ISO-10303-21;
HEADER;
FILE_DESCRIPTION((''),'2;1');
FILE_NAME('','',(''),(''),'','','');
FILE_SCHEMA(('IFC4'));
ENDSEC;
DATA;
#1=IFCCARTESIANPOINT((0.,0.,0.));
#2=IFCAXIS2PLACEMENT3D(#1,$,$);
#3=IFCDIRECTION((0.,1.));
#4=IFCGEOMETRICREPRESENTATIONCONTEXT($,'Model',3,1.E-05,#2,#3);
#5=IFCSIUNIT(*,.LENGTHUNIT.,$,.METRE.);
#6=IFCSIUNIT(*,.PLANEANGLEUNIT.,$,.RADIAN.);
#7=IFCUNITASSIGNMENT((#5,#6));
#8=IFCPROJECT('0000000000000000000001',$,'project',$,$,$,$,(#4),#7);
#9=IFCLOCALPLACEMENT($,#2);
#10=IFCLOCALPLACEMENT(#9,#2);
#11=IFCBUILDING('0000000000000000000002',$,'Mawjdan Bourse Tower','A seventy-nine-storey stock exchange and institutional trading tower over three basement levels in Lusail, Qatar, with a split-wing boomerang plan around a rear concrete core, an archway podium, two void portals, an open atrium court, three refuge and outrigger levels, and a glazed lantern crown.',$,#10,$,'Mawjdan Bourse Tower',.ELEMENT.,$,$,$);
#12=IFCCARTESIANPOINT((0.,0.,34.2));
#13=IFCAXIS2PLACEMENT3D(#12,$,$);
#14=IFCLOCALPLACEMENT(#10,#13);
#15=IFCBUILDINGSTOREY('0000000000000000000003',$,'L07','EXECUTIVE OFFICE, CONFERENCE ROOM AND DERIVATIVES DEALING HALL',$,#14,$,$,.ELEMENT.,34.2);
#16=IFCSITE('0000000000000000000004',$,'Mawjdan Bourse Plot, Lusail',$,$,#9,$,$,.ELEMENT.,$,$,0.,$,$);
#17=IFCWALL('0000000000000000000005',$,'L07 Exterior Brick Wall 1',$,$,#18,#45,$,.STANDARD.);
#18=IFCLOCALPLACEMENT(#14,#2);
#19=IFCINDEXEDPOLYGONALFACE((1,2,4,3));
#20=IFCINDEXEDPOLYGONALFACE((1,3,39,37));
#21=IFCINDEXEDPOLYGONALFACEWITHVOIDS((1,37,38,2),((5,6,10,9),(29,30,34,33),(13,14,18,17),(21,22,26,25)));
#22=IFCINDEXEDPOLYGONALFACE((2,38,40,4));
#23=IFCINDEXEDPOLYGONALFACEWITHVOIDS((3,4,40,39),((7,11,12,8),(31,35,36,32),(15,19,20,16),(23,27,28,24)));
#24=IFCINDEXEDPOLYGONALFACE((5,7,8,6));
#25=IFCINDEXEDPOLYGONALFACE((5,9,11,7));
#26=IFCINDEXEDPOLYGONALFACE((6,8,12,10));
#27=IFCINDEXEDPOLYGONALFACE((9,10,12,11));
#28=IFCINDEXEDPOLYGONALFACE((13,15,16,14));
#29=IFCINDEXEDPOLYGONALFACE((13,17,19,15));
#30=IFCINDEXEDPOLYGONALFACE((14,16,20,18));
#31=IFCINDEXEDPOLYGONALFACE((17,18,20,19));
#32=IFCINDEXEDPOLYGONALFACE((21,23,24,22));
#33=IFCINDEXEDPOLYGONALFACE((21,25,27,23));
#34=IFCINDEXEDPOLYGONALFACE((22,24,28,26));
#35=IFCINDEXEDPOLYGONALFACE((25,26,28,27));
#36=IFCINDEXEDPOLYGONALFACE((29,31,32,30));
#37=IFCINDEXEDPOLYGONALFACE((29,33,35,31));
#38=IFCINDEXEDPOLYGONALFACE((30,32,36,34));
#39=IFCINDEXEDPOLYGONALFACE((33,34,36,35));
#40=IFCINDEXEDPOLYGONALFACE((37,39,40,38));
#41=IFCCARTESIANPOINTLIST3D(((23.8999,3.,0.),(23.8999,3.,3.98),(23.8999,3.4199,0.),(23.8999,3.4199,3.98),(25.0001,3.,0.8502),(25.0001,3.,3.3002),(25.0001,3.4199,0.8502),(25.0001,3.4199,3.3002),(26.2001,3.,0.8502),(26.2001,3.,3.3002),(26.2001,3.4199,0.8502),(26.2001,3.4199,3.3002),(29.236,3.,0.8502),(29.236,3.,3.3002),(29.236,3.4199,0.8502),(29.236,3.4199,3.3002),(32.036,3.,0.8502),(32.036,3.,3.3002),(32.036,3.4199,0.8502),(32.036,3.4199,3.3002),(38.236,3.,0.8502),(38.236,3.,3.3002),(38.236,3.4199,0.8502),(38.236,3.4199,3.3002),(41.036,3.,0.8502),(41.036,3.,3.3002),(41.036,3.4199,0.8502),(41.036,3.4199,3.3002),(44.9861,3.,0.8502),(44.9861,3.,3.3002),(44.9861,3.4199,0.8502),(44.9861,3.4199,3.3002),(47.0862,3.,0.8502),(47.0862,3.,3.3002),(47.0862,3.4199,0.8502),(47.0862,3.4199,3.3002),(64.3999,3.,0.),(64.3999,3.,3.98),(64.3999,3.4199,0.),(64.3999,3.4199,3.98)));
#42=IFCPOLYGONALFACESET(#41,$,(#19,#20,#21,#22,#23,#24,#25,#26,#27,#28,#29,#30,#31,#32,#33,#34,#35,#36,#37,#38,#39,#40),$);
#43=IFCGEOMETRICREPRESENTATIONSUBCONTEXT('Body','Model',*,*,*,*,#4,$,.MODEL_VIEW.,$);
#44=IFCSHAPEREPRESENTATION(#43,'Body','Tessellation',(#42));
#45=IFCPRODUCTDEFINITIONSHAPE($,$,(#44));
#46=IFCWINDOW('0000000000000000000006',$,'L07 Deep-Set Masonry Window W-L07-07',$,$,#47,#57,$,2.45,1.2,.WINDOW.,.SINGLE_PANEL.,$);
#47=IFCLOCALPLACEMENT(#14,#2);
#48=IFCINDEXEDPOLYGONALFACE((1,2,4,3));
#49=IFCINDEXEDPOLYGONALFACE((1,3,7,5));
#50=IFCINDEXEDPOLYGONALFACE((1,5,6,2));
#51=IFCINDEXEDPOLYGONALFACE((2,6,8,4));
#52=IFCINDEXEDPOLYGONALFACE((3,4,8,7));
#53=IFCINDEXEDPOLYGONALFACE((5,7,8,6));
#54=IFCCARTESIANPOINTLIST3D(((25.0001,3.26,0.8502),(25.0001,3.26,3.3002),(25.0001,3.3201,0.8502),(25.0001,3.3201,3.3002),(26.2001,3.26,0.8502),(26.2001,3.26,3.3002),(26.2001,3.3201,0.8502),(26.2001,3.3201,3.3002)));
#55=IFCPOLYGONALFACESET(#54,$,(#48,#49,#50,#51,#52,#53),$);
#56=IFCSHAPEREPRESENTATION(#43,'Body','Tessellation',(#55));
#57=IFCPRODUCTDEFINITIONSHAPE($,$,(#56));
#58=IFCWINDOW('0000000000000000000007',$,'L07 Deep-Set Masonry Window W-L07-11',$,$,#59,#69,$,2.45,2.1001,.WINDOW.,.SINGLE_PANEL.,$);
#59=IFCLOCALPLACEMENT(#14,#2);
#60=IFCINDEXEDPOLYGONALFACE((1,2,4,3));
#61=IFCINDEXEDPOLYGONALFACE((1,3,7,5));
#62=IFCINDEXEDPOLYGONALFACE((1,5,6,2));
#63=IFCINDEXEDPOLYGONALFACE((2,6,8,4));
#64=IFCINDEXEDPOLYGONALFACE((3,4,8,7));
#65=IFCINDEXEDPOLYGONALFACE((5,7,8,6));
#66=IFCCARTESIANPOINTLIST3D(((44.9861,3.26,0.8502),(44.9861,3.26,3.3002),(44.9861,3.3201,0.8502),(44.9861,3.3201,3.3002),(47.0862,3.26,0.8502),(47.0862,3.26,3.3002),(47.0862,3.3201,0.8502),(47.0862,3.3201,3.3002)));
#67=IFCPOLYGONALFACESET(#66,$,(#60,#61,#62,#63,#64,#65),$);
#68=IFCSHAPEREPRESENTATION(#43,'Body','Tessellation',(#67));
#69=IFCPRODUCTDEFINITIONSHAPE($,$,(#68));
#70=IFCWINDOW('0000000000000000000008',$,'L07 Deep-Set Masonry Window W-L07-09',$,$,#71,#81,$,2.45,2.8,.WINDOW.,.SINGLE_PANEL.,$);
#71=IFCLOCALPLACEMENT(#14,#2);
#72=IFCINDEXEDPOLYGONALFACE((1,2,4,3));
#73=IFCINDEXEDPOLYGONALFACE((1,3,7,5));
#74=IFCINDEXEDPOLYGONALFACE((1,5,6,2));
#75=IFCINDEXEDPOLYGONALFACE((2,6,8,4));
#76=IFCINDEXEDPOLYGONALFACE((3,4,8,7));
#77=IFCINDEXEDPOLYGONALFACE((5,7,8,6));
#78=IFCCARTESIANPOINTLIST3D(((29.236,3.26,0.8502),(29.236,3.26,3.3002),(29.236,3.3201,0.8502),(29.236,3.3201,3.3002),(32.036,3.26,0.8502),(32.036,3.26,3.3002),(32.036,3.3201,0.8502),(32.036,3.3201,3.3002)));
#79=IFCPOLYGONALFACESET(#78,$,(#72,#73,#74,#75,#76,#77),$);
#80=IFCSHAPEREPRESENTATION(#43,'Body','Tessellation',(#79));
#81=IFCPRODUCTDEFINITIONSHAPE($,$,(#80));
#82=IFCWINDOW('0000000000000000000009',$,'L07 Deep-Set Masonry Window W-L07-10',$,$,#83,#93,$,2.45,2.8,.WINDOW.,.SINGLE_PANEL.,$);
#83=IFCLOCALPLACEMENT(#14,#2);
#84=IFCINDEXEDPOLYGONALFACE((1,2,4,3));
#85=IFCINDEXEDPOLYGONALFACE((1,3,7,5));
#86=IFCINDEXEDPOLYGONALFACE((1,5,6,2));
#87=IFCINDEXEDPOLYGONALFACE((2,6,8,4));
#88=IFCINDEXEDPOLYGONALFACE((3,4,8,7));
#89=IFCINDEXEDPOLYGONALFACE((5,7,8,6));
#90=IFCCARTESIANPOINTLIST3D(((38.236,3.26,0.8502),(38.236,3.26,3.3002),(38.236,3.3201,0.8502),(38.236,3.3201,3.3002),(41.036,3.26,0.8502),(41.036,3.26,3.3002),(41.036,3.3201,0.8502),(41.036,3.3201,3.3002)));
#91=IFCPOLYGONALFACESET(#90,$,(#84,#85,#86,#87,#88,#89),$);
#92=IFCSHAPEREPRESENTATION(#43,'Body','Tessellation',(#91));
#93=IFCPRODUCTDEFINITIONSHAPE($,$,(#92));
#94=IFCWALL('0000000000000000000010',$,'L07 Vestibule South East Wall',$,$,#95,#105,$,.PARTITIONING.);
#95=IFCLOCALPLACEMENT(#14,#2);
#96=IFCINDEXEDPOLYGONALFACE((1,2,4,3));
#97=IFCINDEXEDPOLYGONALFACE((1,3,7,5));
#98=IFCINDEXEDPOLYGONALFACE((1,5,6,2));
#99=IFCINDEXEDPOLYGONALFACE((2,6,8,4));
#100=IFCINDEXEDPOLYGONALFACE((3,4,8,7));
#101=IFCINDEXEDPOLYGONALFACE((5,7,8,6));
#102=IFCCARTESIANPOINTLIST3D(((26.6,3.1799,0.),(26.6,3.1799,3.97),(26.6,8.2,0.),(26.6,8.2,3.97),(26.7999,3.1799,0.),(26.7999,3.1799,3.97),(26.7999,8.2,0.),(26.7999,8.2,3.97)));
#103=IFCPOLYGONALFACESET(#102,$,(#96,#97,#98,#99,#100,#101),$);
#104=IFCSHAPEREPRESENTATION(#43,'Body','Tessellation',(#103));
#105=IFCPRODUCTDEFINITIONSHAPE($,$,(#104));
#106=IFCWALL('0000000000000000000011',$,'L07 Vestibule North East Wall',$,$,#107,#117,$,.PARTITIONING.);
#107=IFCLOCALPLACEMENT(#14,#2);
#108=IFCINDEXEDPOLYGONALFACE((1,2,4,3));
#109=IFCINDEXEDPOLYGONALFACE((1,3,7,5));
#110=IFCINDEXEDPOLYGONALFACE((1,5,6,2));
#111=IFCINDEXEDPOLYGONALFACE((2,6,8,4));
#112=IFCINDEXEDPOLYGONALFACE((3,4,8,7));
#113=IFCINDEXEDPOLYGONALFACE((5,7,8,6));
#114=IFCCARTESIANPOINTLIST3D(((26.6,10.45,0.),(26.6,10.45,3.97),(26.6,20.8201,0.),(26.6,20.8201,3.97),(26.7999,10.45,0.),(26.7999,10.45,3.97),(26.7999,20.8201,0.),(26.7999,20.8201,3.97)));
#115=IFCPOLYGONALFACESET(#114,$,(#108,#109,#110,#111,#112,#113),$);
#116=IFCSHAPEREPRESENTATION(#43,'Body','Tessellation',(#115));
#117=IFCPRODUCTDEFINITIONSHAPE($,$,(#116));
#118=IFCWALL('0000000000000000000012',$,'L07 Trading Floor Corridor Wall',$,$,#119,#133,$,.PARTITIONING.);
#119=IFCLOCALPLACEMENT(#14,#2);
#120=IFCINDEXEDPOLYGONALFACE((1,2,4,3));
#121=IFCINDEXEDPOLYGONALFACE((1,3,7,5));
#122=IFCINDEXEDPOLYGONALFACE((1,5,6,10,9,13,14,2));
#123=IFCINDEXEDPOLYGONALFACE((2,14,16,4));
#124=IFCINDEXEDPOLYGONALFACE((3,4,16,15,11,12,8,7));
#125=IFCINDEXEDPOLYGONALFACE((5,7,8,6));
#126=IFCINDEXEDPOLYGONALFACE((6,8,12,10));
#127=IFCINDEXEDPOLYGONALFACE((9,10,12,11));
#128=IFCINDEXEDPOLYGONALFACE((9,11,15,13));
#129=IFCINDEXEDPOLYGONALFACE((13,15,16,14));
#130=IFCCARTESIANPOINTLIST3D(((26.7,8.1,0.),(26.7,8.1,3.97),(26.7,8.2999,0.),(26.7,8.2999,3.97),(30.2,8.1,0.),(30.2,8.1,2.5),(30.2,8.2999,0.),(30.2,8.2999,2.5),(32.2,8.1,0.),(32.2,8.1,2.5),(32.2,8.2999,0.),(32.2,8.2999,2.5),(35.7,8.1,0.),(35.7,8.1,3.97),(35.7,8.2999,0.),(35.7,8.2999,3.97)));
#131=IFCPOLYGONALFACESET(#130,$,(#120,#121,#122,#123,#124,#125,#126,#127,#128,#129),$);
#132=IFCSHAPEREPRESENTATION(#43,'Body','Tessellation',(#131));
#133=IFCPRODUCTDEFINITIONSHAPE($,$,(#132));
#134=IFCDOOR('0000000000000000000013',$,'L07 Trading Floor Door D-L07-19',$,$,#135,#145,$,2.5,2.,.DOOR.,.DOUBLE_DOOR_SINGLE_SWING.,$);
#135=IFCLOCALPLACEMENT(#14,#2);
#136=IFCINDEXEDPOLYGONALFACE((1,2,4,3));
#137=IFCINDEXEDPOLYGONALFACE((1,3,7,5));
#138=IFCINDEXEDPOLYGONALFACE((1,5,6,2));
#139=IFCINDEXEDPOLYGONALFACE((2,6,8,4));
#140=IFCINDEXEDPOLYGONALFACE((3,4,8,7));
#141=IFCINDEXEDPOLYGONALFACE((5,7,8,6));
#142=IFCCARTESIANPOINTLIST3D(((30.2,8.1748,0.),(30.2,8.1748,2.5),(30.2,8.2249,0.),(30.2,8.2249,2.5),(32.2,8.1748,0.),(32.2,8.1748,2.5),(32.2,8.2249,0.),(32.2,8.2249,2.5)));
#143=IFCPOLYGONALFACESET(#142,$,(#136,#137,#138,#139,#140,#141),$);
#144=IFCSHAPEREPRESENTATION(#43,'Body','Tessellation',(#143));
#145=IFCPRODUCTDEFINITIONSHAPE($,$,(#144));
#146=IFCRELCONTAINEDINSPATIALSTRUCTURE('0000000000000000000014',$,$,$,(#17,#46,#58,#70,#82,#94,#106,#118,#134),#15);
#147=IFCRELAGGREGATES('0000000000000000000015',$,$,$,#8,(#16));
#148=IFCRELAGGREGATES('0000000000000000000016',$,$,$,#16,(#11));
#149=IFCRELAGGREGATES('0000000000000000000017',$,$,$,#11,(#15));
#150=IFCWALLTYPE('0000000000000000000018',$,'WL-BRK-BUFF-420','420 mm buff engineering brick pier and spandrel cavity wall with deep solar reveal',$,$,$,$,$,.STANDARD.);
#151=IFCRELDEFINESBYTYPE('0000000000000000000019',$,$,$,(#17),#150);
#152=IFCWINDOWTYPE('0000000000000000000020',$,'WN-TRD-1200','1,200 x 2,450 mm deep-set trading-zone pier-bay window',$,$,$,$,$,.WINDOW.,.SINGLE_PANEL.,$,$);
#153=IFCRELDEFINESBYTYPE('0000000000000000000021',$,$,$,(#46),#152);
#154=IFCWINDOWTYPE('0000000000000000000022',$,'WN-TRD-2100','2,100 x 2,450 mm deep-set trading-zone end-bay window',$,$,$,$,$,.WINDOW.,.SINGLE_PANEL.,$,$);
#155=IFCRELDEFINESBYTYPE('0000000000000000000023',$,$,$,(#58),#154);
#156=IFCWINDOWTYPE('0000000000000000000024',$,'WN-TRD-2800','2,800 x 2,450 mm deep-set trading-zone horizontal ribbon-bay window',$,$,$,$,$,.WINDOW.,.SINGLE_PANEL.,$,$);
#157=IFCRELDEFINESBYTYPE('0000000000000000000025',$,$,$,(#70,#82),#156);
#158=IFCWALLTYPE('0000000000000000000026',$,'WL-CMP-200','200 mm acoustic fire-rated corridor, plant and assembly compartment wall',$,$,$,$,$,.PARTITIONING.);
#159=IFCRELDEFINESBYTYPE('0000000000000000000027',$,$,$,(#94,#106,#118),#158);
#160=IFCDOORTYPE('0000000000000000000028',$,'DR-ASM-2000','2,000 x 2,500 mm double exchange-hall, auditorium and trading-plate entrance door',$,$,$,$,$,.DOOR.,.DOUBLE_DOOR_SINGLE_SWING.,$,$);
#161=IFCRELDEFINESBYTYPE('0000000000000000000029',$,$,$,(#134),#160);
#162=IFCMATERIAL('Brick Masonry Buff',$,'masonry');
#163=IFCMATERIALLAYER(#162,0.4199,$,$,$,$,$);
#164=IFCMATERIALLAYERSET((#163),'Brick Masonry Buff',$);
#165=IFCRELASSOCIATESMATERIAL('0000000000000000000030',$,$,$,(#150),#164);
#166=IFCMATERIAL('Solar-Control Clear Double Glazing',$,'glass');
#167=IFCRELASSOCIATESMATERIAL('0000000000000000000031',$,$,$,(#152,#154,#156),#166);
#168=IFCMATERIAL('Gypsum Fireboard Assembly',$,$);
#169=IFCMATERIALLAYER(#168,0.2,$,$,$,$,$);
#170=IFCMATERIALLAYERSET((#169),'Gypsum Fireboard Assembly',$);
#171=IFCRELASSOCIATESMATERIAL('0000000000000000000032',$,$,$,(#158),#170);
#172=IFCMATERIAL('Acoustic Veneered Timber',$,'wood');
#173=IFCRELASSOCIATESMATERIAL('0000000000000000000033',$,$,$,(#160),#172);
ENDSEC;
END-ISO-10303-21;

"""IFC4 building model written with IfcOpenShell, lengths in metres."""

from ifc_helpers import new_model, si_unit, direction, frame, frame_2d, origin, place, context, subcontext, project, spatial, rectangle, extrude, material, layer, layer_set, type_object, element, fill, save


model = new_model("IFC4")

# Units and contexts
model_context = context("Model", 3, precision=1e-05, world=origin(), true_north=direction((0.0, 1.0)))
body_context = subcontext(model_context, "Body", "Model", "MODEL_VIEW")
ifc_project = project(units=[si_unit("LENGTHUNIT", "METRE"), si_unit("PLANEANGLEUNIT", "RADIAN")], contexts=[model_context])

# Site, building, storey
site_placement = place(None, origin())
site = spatial("IfcSite", under=ifc_project, at=site_placement, Name="Mawjdan Bourse Plot, Lusail", CompositionType="ELEMENT", RefElevation=0.0)
building_placement = place(site_placement, origin())
building = spatial("IfcBuilding", under=site, at=building_placement, Name="Mawjdan Bourse Tower", Description="A seventy-nine-storey stock exchange and institutional trading tower over three basement levels in Lusail, Qatar, with a split-wing boomerang plan around a rear concrete core, an archway podium, two void portals, an open atrium court, three refuge and outrigger levels, and a glazed lantern crown.", LongName="Mawjdan Bourse Tower", CompositionType="ELEMENT")
storey_placement = place(building_placement, frame((0.0, 0.0, 34.2)))
storey = spatial("IfcBuildingStorey", under=building, at=storey_placement, Name="L07", Description="EXECUTIVE OFFICE, CONFERENCE ROOM AND DERIVATIVES DEALING HALL", CompositionType="ELEMENT", Elevation=34.2)

# Wall, openings, windows
ifc_material_1 = material(Name="Brick Masonry Buff", Category="masonry")
ifc_layer_1 = layer(ifc_material_1, 0.4199)
ifc_layer_set_1 = layer_set([ifc_layer_1], Name="Brick Masonry Buff")
wall_type_1 = type_object("IfcWallType", Name="WL-BRK-BUFF-420", Description="420 mm buff engineering brick pier and spandrel cavity wall with deep solar reveal", PredefinedType="STANDARD", material=ifc_layer_set_1)
wall_1_placement = place(storey_placement, frame((23.8999, 3.21, 0.0), z_axis=(0.0, 0.0, 1.0), x_axis=(1.0, 0.0, 0.0)))
wall_1 = element("IfcWall", 1, at=wall_1_placement, inside=storey, type_object=wall_type_1, Name="L07 Exterior Brick Wall 1", PredefinedType="STANDARD", context=body_context, shape_type="SweptSolid", body=[
    extrude(rectangle(XDim=40.5, YDim=0.4199, at=frame_2d((20.25, 0.0))), origin(), (0.0, 0.0, 1.0), 3.98),
])
opening_1_placement = place(wall_1_placement, frame((1.1001, 0.0, 0.8501)))
opening_1 = element("IfcOpeningElement", 2, at=opening_1_placement, cuts=wall_1, PredefinedType="OPENING", context=body_context, shape_type="SweptSolid", body=[
    extrude(rectangle(XDim=1.2, YDim=2.45, at=frame_2d((0.6001, 1.2251))), frame((0.0, 0.22, 0.0), z_axis=(0.0, -1.0, 0.0), x_axis=(1.0, 0.0, 0.0)), (0.0, 0.0, 1.0), 0.4399),
])
opening_2_placement = place(wall_1_placement, frame((5.3362, 0.0, 0.8501)))
opening_2 = element("IfcOpeningElement", 3, at=opening_2_placement, cuts=wall_1, PredefinedType="OPENING", context=body_context, shape_type="SweptSolid", body=[
    extrude(rectangle(XDim=2.8, YDim=2.45, at=frame_2d((1.3999, 1.2251))), frame((0.0, 0.22, 0.0), z_axis=(0.0, -1.0, 0.0), x_axis=(1.0, 0.0, 0.0)), (0.0, 0.0, 1.0), 0.4399),
])
opening_3_placement = place(wall_1_placement, frame((14.3362, 0.0, 0.8501)))
opening_3 = element("IfcOpeningElement", 4, at=opening_3_placement, cuts=wall_1, PredefinedType="OPENING", context=body_context, shape_type="SweptSolid", body=[
    extrude(rectangle(XDim=2.8, YDim=2.45, at=frame_2d((1.3999, 1.2251))), frame((0.0, 0.22, 0.0), z_axis=(0.0, -1.0, 0.0), x_axis=(1.0, 0.0, 0.0)), (0.0, 0.0, 1.0), 0.4399),
])
opening_4_placement = place(wall_1_placement, frame((21.0862, 0.0, 0.8501)))
opening_4 = element("IfcOpeningElement", 5, at=opening_4_placement, cuts=wall_1, PredefinedType="OPENING", context=body_context, shape_type="SweptSolid", body=[
    extrude(rectangle(XDim=2.1001, YDim=2.45, at=frame_2d((1.05, 1.2251))), frame((0.0, 0.22, 0.0), z_axis=(0.0, -1.0, 0.0), x_axis=(1.0, 0.0, 0.0)), (0.0, 0.0, 1.0), 0.4399),
])
ifc_material_2 = material(Name="Solar-Control Clear Double Glazing", Category="glass")
window_type_1 = type_object("IfcWindowType", Name="WN-TRD-1200", Description="1,200 x 2,450 mm deep-set trading-zone pier-bay window", PartitioningType="SINGLE_PANEL", PredefinedType="WINDOW", material=ifc_material_2)
window_1_placement = place(opening_1_placement, origin())
window_1 = element("IfcWindow", 6, at=window_1_placement, inside=storey, type_object=window_type_1, Name="L07 Deep-Set Masonry Window W-L07-07", OverallHeight=2.45, OverallWidth=1.2, PartitioningType="SINGLE_PANEL", PredefinedType="WINDOW", context=body_context, shape_type="SweptSolid", body=[
    extrude(rectangle(XDim=1.2, YDim=2.45, at=frame_2d((0.6001, 1.2251))), frame((0.0, 0.1101, 0.0), z_axis=(0.0, -1.0, 0.0), x_axis=(1.0, 0.0, 0.0)), (0.0, 0.0, 1.0), 0.0601),
])
fill(opening_1, window_1)
window_type_2 = type_object("IfcWindowType", Name="WN-TRD-2100", Description="2,100 x 2,450 mm deep-set trading-zone end-bay window", PartitioningType="SINGLE_PANEL", PredefinedType="WINDOW", material=ifc_material_2)
window_2_placement = place(opening_4_placement, origin())
window_2 = element("IfcWindow", 7, at=window_2_placement, inside=storey, type_object=window_type_2, Name="L07 Deep-Set Masonry Window W-L07-11", OverallHeight=2.45, OverallWidth=2.1001, PartitioningType="SINGLE_PANEL", PredefinedType="WINDOW", context=body_context, shape_type="SweptSolid", body=[
    extrude(rectangle(XDim=2.1001, YDim=2.45, at=frame_2d((1.05, 1.2251))), frame((0.0, 0.1101, 0.0), z_axis=(0.0, -1.0, 0.0), x_axis=(1.0, 0.0, 0.0)), (0.0, 0.0, 1.0), 0.0601),
])
fill(opening_4, window_2)
window_type_3 = type_object("IfcWindowType", Name="WN-TRD-2800", Description="2,800 x 2,450 mm deep-set trading-zone horizontal ribbon-bay window", PartitioningType="SINGLE_PANEL", PredefinedType="WINDOW", material=ifc_material_2)
window_3_placement = place(opening_2_placement, origin())
window_3 = element("IfcWindow", 8, at=window_3_placement, inside=storey, type_object=window_type_3, Name="L07 Deep-Set Masonry Window W-L07-09", OverallHeight=2.45, OverallWidth=2.8, PartitioningType="SINGLE_PANEL", PredefinedType="WINDOW", context=body_context, shape_type="SweptSolid", body=[
    extrude(rectangle(XDim=2.8, YDim=2.45, at=frame_2d((1.3999, 1.2251))), frame((0.0, 0.1101, 0.0), z_axis=(0.0, -1.0, 0.0), x_axis=(1.0, 0.0, 0.0)), (0.0, 0.0, 1.0), 0.0601),
])
fill(opening_2, window_3)
window_4_placement = place(opening_3_placement, origin())
window_4 = element("IfcWindow", 9, at=window_4_placement, inside=storey, type_object=window_type_3, Name="L07 Deep-Set Masonry Window W-L07-10", OverallHeight=2.45, OverallWidth=2.8, PartitioningType="SINGLE_PANEL", PredefinedType="WINDOW", context=body_context, shape_type="SweptSolid", body=[
    extrude(rectangle(XDim=2.8, YDim=2.45, at=frame_2d((1.3999, 1.2251))), frame((0.0, 0.1101, 0.0), z_axis=(0.0, -1.0, 0.0), x_axis=(1.0, 0.0, 0.0)), (0.0, 0.0, 1.0), 0.0601),
])
fill(opening_3, window_4)

# Shared definitions
ifc_material_3 = material(Name="Gypsum Fireboard Assembly")
ifc_layer_2 = layer(ifc_material_3, 0.2)
ifc_layer_set_2 = layer_set([ifc_layer_2], Name="Gypsum Fireboard Assembly")
wall_type_2 = type_object("IfcWallType", Name="WL-CMP-200", Description="200 mm acoustic fire-rated corridor, plant and assembly compartment wall", PredefinedType="PARTITIONING", material=ifc_layer_set_2)

# Walls
wall_2_placement = place(storey_placement, frame((26.7, 3.1799, 0.0), z_axis=(0.0, 0.0, 1.0), x_axis=(0.0, 1.0, 0.0)))
element("IfcWall", 10, at=wall_2_placement, inside=storey, type_object=wall_type_2, Name="L07 Vestibule South East Wall", PredefinedType="PARTITIONING", context=body_context, shape_type="SweptSolid", body=[
    extrude(rectangle(XDim=5.02, YDim=0.2, at=frame_2d((2.51, 0.0))), origin(), (0.0, 0.0, 1.0), 3.97),
])
wall_3_placement = place(storey_placement, frame((26.7, 10.45, 0.0), z_axis=(0.0, 0.0, 1.0), x_axis=(0.0, 1.0, 0.0)))
element("IfcWall", 11, at=wall_3_placement, inside=storey, type_object=wall_type_2, Name="L07 Vestibule North East Wall", PredefinedType="PARTITIONING", context=body_context, shape_type="SweptSolid", body=[
    extrude(rectangle(XDim=10.3701, YDim=0.2, at=frame_2d((5.1851, 0.0))), origin(), (0.0, 0.0, 1.0), 3.97),
])

# Wall, opening, door
wall_4_placement = place(storey_placement, frame((26.7, 8.2, 0.0), z_axis=(0.0, 0.0, 1.0), x_axis=(1.0, 0.0, 0.0)))
wall_4 = element("IfcWall", 12, at=wall_4_placement, inside=storey, type_object=wall_type_2, Name="L07 Trading Floor Corridor Wall", PredefinedType="PARTITIONING", context=body_context, shape_type="SweptSolid", body=[
    extrude(rectangle(XDim=9.0, YDim=0.2, at=frame_2d((4.5, 0.0))), origin(), (0.0, 0.0, 1.0), 3.97),
])
opening_5_placement = place(wall_4_placement, frame((3.5, 0.0, 0.0)))
opening_5 = element("IfcOpeningElement", 13, at=opening_5_placement, cuts=wall_4, PredefinedType="OPENING", context=body_context, shape_type="SweptSolid", body=[
    extrude(rectangle(XDim=2.0, YDim=2.5, at=frame_2d((1.0, 1.25))), frame((0.0, 0.1099, 0.0), z_axis=(0.0, -1.0, 0.0), x_axis=(1.0, 0.0, 0.0)), (0.0, 0.0, 1.0), 0.22),
])
ifc_material_4 = material(Name="Acoustic Veneered Timber", Category="wood")
door_type_1 = type_object("IfcDoorType", Name="DR-ASM-2000", Description="2,000 x 2,500 mm double exchange-hall, auditorium and trading-plate entrance door", OperationType="DOUBLE_DOOR_SINGLE_SWING", PredefinedType="DOOR", material=ifc_material_4)
door_1_placement = place(opening_5_placement, origin())
door_1 = element("IfcDoor", 14, at=door_1_placement, inside=storey, type_object=door_type_1, Name="L07 Trading Floor Door D-L07-19", OperationType="DOUBLE_DOOR_SINGLE_SWING", OverallHeight=2.5, OverallWidth=2.0, PredefinedType="DOOR", context=body_context, shape_type="SweptSolid", body=[
    extrude(rectangle(XDim=2.0, YDim=2.5, at=frame_2d((1.0, 1.25))), frame((0.0, 0.0249, 0.0), z_axis=(0.0, -1.0, 0.0), x_axis=(1.0, 0.0, 0.0)), (0.0, 0.0, 1.0), 0.05),
])
fill(opening_5, door_1)

save(model, "model.ifc")
